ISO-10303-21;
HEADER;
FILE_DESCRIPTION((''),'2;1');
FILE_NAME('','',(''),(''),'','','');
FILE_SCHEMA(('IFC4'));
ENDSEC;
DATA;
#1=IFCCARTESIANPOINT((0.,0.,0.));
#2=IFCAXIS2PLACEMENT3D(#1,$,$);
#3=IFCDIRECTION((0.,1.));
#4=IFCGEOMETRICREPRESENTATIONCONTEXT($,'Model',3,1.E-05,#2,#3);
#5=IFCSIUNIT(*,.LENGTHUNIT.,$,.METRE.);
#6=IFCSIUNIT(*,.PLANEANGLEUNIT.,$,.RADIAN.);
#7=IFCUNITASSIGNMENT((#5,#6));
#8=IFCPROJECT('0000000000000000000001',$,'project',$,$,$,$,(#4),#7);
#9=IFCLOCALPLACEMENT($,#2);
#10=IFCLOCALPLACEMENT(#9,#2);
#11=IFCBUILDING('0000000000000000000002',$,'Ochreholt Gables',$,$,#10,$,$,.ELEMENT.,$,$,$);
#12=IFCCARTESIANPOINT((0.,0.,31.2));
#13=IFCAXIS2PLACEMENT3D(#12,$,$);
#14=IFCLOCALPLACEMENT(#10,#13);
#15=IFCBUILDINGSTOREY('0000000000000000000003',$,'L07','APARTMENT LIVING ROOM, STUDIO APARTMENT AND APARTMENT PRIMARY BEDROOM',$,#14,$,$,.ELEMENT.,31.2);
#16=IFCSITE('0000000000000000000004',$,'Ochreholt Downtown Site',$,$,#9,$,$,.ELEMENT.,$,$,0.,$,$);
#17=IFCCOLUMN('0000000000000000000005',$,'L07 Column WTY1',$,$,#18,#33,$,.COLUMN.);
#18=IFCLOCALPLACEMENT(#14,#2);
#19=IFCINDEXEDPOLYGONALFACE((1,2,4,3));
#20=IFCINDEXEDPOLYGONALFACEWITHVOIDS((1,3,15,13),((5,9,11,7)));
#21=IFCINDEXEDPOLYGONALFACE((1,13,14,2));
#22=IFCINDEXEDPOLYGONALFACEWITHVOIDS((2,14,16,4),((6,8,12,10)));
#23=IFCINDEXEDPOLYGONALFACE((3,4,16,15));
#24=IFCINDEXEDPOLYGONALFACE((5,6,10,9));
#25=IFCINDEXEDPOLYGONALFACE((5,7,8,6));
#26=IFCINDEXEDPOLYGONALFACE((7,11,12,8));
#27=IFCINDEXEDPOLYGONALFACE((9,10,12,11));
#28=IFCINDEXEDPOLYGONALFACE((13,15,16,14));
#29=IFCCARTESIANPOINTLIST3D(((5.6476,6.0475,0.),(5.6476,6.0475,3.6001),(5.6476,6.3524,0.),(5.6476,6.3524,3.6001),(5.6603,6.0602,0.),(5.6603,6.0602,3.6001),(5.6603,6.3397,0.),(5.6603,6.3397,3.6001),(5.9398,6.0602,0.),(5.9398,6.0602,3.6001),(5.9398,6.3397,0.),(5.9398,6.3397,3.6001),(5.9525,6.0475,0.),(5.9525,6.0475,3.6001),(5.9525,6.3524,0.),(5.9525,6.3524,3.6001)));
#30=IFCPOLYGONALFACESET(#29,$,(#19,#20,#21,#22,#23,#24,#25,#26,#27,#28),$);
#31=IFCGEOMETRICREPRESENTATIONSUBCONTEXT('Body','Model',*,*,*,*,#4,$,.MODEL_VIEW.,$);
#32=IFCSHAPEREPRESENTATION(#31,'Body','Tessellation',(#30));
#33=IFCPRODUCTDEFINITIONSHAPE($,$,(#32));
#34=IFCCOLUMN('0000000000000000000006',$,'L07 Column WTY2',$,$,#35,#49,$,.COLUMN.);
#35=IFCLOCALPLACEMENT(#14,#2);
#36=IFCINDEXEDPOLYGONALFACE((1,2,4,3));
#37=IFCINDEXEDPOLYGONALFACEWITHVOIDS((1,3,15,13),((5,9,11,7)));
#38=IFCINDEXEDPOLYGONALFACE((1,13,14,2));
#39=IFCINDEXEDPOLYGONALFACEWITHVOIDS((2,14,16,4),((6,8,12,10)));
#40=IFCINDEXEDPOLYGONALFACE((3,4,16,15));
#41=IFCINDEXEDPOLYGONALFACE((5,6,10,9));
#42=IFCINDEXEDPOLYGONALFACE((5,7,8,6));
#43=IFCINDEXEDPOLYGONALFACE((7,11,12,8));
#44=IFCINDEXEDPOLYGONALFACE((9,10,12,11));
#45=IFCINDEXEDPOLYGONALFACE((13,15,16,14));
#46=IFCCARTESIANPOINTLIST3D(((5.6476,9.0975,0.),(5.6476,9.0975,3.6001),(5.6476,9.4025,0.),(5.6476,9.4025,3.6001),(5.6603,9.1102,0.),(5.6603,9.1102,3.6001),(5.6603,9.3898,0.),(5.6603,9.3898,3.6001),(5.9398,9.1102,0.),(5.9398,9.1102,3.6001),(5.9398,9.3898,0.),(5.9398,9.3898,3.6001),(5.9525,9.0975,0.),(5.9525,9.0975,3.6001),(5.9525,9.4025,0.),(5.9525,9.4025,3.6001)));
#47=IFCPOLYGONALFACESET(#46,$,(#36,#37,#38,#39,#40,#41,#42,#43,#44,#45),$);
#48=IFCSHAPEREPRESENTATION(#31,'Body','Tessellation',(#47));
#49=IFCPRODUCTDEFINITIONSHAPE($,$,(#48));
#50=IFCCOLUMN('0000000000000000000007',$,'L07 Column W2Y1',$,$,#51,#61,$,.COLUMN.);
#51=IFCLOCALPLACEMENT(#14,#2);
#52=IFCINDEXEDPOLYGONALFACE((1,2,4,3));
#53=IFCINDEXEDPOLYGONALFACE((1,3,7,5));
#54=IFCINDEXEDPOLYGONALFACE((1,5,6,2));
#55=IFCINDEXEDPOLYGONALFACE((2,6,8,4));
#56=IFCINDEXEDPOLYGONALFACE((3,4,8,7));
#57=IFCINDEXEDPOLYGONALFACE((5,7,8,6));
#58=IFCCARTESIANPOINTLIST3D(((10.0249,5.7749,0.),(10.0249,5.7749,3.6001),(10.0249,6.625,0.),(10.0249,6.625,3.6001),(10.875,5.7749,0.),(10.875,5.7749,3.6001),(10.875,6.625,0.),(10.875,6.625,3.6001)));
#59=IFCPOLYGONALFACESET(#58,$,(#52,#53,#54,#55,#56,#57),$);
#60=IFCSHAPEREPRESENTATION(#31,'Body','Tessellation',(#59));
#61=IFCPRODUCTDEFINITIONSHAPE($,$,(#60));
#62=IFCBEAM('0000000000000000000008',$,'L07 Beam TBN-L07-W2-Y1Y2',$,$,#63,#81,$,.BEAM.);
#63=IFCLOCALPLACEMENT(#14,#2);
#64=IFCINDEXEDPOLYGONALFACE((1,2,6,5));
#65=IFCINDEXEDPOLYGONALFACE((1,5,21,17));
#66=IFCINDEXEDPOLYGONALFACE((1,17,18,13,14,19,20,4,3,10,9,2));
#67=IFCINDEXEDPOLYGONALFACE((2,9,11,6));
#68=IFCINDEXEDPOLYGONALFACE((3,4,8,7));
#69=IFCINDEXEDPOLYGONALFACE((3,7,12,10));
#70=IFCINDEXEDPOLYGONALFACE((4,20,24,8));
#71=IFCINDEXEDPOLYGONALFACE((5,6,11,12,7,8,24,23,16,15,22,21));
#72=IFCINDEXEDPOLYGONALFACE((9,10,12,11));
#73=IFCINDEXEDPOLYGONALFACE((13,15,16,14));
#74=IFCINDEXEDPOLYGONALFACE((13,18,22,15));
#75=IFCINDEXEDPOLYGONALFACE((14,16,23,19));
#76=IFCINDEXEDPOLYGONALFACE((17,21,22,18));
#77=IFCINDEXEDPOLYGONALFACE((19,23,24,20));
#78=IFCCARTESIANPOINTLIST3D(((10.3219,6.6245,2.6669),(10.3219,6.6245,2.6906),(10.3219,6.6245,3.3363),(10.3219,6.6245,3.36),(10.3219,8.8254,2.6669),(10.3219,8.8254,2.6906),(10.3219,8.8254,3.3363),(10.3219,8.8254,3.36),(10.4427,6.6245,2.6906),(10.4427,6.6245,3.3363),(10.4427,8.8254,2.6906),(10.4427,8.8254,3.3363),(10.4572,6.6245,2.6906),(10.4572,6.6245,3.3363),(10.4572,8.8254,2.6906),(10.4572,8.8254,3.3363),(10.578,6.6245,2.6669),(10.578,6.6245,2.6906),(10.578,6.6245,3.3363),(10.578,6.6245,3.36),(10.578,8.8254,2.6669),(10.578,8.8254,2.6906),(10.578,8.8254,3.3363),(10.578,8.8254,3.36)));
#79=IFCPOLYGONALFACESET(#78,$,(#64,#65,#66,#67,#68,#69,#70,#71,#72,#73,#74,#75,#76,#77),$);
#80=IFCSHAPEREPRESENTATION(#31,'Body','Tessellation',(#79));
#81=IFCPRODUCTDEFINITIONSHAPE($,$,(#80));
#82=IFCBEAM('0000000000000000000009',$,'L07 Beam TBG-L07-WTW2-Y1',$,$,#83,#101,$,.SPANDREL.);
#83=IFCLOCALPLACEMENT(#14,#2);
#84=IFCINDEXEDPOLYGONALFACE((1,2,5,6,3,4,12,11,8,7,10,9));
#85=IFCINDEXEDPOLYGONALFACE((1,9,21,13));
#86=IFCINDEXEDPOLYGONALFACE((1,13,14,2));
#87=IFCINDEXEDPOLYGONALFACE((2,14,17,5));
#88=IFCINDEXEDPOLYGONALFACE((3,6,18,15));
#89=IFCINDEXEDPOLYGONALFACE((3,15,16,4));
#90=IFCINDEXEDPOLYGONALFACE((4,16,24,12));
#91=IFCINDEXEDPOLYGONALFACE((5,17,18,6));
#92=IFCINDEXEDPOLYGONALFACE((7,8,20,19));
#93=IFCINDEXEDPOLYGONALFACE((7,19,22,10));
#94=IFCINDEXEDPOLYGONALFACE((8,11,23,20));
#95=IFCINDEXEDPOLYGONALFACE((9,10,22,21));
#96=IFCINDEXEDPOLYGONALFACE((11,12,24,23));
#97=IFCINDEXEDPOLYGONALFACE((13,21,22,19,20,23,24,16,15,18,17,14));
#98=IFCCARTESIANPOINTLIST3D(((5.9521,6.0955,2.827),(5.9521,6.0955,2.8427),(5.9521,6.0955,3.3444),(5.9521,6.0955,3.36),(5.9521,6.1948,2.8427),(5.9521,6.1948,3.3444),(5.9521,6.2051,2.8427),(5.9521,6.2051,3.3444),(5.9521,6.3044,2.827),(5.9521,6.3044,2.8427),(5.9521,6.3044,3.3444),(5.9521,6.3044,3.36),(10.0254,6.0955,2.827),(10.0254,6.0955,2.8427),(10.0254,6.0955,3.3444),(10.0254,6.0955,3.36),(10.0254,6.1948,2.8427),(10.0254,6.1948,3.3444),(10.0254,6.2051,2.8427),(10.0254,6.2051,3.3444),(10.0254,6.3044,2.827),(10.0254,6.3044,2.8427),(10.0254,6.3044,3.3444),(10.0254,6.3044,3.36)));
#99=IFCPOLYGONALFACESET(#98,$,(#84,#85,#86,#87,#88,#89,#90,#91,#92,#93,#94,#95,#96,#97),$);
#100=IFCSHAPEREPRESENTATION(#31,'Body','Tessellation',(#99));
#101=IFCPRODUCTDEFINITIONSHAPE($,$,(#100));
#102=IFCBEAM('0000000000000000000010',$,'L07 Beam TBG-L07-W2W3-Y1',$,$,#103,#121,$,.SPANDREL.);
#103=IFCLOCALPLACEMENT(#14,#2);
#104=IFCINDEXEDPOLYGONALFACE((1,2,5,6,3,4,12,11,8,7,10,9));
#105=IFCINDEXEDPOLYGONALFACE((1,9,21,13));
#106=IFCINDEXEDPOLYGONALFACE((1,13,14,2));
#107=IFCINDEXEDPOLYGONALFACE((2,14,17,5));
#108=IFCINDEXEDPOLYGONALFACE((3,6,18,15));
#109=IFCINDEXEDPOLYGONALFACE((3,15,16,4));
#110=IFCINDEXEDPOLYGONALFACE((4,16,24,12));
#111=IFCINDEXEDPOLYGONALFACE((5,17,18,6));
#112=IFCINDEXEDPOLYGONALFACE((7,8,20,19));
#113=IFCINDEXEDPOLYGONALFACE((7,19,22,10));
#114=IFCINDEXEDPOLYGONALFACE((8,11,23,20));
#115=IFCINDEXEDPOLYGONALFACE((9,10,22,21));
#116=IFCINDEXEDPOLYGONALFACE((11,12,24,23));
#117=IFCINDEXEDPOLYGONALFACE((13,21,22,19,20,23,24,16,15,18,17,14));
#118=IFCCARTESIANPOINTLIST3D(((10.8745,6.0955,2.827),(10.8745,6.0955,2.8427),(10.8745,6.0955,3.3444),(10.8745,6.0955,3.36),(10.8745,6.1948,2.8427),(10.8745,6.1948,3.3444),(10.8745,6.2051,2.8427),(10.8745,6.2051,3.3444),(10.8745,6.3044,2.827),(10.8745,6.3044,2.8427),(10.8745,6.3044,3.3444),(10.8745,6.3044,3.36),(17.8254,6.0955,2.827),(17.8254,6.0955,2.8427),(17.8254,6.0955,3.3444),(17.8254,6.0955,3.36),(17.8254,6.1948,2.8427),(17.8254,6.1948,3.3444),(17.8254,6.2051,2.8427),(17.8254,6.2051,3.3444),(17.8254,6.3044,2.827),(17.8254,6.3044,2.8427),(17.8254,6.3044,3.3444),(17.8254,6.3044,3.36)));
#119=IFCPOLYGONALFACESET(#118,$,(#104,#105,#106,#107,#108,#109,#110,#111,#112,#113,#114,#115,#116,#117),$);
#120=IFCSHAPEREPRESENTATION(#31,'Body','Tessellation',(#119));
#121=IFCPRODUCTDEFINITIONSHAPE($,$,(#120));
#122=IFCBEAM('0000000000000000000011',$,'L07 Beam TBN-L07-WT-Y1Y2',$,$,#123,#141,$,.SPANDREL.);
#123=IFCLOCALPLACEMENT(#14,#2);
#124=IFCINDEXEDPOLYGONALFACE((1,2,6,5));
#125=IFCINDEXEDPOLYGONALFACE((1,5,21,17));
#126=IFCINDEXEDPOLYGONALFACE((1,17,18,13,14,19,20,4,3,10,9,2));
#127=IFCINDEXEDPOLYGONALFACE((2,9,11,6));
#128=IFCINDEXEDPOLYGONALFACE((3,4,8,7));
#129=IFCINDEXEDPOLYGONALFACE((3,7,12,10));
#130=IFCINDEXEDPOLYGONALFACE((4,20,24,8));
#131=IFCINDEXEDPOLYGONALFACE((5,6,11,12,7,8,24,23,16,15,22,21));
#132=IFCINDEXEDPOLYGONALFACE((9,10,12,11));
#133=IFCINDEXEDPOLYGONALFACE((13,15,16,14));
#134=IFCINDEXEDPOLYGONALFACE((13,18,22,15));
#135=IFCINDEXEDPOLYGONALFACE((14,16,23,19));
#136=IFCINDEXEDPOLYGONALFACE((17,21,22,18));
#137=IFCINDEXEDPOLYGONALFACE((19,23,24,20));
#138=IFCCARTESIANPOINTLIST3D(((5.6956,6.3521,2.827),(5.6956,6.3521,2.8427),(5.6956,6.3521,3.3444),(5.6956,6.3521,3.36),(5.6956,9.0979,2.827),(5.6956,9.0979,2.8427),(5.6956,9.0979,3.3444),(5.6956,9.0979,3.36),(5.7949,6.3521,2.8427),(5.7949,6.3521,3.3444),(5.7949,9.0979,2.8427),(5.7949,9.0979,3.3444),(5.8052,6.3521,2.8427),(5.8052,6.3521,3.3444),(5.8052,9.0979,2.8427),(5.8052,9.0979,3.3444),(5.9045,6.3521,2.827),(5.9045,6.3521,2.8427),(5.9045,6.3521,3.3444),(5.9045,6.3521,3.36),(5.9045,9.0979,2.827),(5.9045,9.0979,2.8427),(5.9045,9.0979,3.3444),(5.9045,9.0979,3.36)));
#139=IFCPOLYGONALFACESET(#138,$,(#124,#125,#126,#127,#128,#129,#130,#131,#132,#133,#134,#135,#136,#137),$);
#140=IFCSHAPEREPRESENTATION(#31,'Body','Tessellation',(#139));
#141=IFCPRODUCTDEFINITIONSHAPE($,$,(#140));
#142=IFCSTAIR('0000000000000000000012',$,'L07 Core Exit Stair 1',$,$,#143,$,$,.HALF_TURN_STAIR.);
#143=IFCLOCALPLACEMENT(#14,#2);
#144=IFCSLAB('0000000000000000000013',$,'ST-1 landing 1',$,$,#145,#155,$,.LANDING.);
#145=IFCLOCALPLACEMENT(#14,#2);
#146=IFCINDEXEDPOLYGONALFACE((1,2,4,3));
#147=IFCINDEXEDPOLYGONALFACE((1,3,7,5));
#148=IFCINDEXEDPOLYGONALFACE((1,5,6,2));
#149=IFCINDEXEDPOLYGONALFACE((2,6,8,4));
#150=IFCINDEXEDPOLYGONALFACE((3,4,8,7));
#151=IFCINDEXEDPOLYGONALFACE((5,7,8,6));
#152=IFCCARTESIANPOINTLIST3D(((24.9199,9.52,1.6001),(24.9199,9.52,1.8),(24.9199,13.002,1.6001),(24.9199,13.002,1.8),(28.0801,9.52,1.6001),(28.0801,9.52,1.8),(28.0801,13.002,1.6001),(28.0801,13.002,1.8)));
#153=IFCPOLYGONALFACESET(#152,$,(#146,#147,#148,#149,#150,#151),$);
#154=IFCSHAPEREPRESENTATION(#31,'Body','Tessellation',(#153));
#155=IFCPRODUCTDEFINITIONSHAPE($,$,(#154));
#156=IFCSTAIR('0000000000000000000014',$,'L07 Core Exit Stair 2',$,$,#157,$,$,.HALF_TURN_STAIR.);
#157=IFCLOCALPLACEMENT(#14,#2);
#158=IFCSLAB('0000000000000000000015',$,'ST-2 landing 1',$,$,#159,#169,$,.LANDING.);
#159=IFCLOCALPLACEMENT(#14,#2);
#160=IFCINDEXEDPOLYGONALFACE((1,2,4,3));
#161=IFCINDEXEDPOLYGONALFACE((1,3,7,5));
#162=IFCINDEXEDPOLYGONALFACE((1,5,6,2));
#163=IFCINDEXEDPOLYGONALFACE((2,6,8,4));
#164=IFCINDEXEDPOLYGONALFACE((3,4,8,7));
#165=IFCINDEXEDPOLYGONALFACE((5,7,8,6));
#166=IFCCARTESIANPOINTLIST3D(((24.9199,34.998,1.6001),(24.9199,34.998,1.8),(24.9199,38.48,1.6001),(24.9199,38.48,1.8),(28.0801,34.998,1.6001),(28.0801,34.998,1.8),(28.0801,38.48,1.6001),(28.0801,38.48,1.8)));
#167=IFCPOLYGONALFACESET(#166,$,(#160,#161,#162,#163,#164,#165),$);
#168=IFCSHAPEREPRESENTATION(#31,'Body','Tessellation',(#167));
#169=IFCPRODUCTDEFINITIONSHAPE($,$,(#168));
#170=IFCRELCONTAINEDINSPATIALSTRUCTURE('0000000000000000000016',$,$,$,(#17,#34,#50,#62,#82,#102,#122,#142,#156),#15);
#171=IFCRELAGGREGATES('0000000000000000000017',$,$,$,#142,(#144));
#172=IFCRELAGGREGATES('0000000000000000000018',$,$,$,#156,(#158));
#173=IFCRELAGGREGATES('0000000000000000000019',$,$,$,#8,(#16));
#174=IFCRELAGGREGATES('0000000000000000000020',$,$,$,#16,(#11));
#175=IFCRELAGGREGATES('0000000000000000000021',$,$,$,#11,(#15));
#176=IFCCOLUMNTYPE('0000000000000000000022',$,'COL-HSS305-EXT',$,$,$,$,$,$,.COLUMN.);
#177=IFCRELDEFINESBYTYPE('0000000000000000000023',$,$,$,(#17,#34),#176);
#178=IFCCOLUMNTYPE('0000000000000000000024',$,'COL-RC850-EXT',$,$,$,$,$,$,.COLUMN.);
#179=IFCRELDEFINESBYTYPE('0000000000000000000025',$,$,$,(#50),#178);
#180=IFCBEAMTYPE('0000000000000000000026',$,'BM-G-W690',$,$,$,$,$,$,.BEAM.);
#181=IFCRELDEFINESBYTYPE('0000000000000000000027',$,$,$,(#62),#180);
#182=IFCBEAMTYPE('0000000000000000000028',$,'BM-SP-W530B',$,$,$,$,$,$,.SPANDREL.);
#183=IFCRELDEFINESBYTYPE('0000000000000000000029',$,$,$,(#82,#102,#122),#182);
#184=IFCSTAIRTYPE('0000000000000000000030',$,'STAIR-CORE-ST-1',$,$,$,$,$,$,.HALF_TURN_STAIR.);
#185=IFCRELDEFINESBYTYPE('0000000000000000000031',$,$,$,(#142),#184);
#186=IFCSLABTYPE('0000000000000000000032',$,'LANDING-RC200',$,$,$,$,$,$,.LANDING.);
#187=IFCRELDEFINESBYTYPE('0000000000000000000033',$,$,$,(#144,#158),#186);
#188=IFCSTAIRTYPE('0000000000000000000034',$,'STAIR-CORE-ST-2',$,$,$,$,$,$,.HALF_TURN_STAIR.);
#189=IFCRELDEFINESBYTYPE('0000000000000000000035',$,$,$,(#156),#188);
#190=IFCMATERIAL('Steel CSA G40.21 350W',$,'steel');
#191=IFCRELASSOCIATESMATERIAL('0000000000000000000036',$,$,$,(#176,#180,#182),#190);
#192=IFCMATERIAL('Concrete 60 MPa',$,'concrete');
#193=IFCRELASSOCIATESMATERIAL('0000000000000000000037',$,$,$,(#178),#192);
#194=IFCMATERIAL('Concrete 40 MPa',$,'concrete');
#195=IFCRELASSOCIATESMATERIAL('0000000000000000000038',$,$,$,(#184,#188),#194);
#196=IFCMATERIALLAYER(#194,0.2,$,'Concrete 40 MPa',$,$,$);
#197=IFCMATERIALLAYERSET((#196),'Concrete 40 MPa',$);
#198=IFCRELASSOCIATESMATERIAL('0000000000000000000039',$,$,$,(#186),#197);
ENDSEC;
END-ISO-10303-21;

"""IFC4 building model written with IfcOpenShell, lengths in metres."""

from ifc_helpers import new_model, si_unit, direction, frame, origin, origin_2d, place, context, subcontext, project, spatial, polyline, rectangle, hollow_rectangle, i_section, outline, extrude, material, layer, layer_set, material_profile, profile_set, type_object, element, aggregate, save


model = new_model("IFC4")

# Units and contexts
model_context = context("Model", 3, precision=1e-05, world=origin(), true_north=direction((0.0, 1.0)))
body_context = subcontext(model_context, "Body", "Model", "MODEL_VIEW")
ifc_project = project(units=[si_unit("LENGTHUNIT", "METRE"), si_unit("PLANEANGLEUNIT", "RADIAN")], contexts=[model_context])

# Site, building, storey
site_placement = place(None, origin())
site = spatial("IfcSite", under=ifc_project, at=site_placement, Name="Ochreholt Downtown Site", CompositionType="ELEMENT", RefElevation=0.0)
building_placement = place(site_placement, origin())
building = spatial("IfcBuilding", under=site, at=building_placement, Name="Ochreholt Gables", CompositionType="ELEMENT")
storey_placement = place(building_placement, frame((0.0, 0.0, 31.2)))
storey = spatial("IfcBuildingStorey", under=building, at=storey_placement, Name="L07", Description="APARTMENT LIVING ROOM, STUDIO APARTMENT AND APARTMENT PRIMARY BEDROOM", CompositionType="ELEMENT", Elevation=31.2)

# Columns
ifc_material_1 = material(Name="Steel CSA G40.21 350W", Category="steel")
ifc_material_profile_1 = material_profile(ifc_material_1, hollow_rectangle(XDim=0.3049, YDim=0.3049, WallThickness=0.0127, at=origin_2d()), Name="HSS305X305X13")
ifc_profile_set_1 = profile_set([ifc_material_profile_1], Name="Steel CSA G40.21 350W")
column_type_1 = type_object("IfcColumnType", Name="COL-HSS305-EXT", PredefinedType="COLUMN", material=ifc_profile_set_1)
for number, where, z_axis, x_axis, name in (
    (1, (5.8, 6.2, 0.0), (0.0, 0.0, 1.0), (1.0, 0.0, 0.0), "L07 Column WTY1"),
    (2, (5.8, 9.25, 0.0), (0.0, 0.0, 1.0), (1.0, 0.0, 0.0), "L07 Column WTY2"),
):
    element("IfcColumn", number, at=place(storey_placement, frame(where, z_axis=z_axis, x_axis=x_axis)), inside=storey, type_object=column_type_1, Name=name, PredefinedType="COLUMN", context=body_context, shape_type="SweptSolid", body=[
        extrude(hollow_rectangle(XDim=0.3049, YDim=0.3049, WallThickness=0.0127, at=origin_2d()), origin(), (0.0, 0.0, 1.0), 3.6001),
    ])
ifc_material_2 = material(Name="Concrete 60 MPa", Category="concrete")
ifc_material_profile_2 = material_profile(ifc_material_2, rectangle(XDim=0.8501, YDim=0.8501, at=origin_2d()), Name="RC850X850")
ifc_profile_set_2 = profile_set([ifc_material_profile_2], Name="Concrete 60 MPa")
column_type_2 = type_object("IfcColumnType", Name="COL-RC850-EXT", PredefinedType="COLUMN", material=ifc_profile_set_2)
column_placement = place(storey_placement, frame((10.45, 6.2, 0.0), z_axis=(0.0, 0.0, 1.0), x_axis=(1.0, 0.0, 0.0)))
element("IfcColumn", 3, at=column_placement, inside=storey, type_object=column_type_2, Name="L07 Column W2Y1", PredefinedType="COLUMN", context=body_context, shape_type="SweptSolid", body=[
    extrude(rectangle(XDim=0.8501, YDim=0.8501, at=origin_2d()), origin(), (0.0, 0.0, 1.0), 3.6001),
])

# Beams
ifc_material_profile_3 = material_profile(ifc_material_1, i_section(OverallWidth=0.2561, OverallDepth=0.6931, WebThickness=0.0144, FlangeThickness=0.0237, at=origin_2d()), Name="W690X170")
ifc_profile_set_3 = profile_set([ifc_material_profile_3], Name="Steel CSA G40.21 350W")
beam_type_1 = type_object("IfcBeamType", Name="BM-G-W690", PredefinedType="BEAM", material=ifc_profile_set_3)
beam_1_placement = place(storey_placement, frame((10.45, 6.6245, 3.0134), z_axis=(0.0, 1.0, 0.0), x_axis=(-1.0, 0.0, 0.0)))
element("IfcBeam", 4, at=beam_1_placement, inside=storey, type_object=beam_type_1, Name="L07 Beam TBN-L07-W2-Y1Y2", PredefinedType="BEAM", context=body_context, shape_type="SweptSolid", body=[
    extrude(i_section(OverallWidth=0.2561, OverallDepth=0.6931, WebThickness=0.0144, FlangeThickness=0.0237, at=origin_2d()), origin(), (0.0, 0.0, 1.0), 2.2009),
])
ifc_material_profile_4 = material_profile(ifc_material_1, i_section(OverallWidth=0.209, OverallDepth=0.533, WebThickness=0.0103, FlangeThickness=0.0156, at=origin_2d()), Name="W530X92")
ifc_profile_set_4 = profile_set([ifc_material_profile_4], Name="Steel CSA G40.21 350W")
beam_type_2 = type_object("IfcBeamType", Name="BM-SP-W530B", PredefinedType="SPANDREL", material=ifc_profile_set_4)
beam_2_placement = place(storey_placement, frame((5.9521, 6.2, 3.0935), z_axis=(1.0, 0.0, 0.0), x_axis=(0.0, 1.0, 0.0)))
element("IfcBeam", 5, at=beam_2_placement, inside=storey, type_object=beam_type_2, Name="L07 Beam TBG-L07-WTW2-Y1", PredefinedType="SPANDREL", context=body_context, shape_type="SweptSolid", body=[
    extrude(i_section(OverallWidth=0.209, OverallDepth=0.533, WebThickness=0.0103, FlangeThickness=0.0156, at=origin_2d()), origin(), (0.0, 0.0, 1.0), 4.0732),
])
beam_3_placement = place(storey_placement, frame((10.8745, 6.2, 3.0935), z_axis=(1.0, 0.0, 0.0), x_axis=(0.0, 1.0, 0.0)))
element("IfcBeam", 6, at=beam_3_placement, inside=storey, type_object=beam_type_2, Name="L07 Beam TBG-L07-W2W3-Y1", PredefinedType="SPANDREL", context=body_context, shape_type="SweptSolid", body=[
    extrude(i_section(OverallWidth=0.209, OverallDepth=0.533, WebThickness=0.0103, FlangeThickness=0.0156, at=origin_2d()), origin(), (0.0, 0.0, 1.0), 6.9509),
])
beam_4_placement = place(storey_placement, frame((5.8, 6.3521, 3.0935), z_axis=(0.0, 1.0, 0.0), x_axis=(-1.0, 0.0, 0.0)))
element("IfcBeam", 7, at=beam_4_placement, inside=storey, type_object=beam_type_2, Name="L07 Beam TBN-L07-WT-Y1Y2", PredefinedType="SPANDREL", context=body_context, shape_type="SweptSolid", body=[
    extrude(i_section(OverallWidth=0.209, OverallDepth=0.533, WebThickness=0.0103, FlangeThickness=0.0156, at=origin_2d()), origin(), (0.0, 0.0, 1.0), 2.7458),
])

# Stairs, slabs
ifc_material_3 = material(Name="Concrete 40 MPa", Category="concrete")
stair_type_1 = type_object("IfcStairType", Name="STAIR-CORE-ST-1", PredefinedType="HALF_TURN_STAIR", material=ifc_material_3)
stair_1_placement = place(storey_placement, origin())
stair_1 = element("IfcStair", 8, at=stair_1_placement, inside=storey, type_object=stair_type_1, Name="L07 Core Exit Stair 1", PredefinedType="HALF_TURN_STAIR")
ifc_layer_1 = layer(ifc_material_3, 0.2, Name="Concrete 40 MPa")
ifc_layer_set_1 = layer_set([ifc_layer_1], Name="Concrete 40 MPa")
slab_type_1 = type_object("IfcSlabType", Name="LANDING-RC200", PredefinedType="LANDING", material=ifc_layer_set_1)
slab_1_placement = place(storey_placement, frame((0.0, 0.0, 1.6001)))
slab_1 = element("IfcSlab", 9, at=slab_1_placement, type_object=slab_type_1, Name="ST-1 landing 1", PredefinedType="LANDING", context=body_context, shape_type="SweptSolid", body=[
    extrude(outline(polyline([(24.9199, 13.002), (24.9199, 9.52), (28.0801, 9.52), (28.0801, 13.002), (24.9199, 13.002)])), origin(), (0.0, 0.0, 1.0), 0.2),
])
aggregate(stair_1, [slab_1])
stair_type_2 = type_object("IfcStairType", Name="STAIR-CORE-ST-2", PredefinedType="HALF_TURN_STAIR", material=ifc_material_3)
stair_2_placement = place(storey_placement, origin())
stair_2 = element("IfcStair", 10, at=stair_2_placement, inside=storey, type_object=stair_type_2, Name="L07 Core Exit Stair 2", PredefinedType="HALF_TURN_STAIR")
slab_2_placement = place(storey_placement, frame((0.0, 0.0, 1.6001)))
slab_2 = element("IfcSlab", 11, at=slab_2_placement, type_object=slab_type_1, Name="ST-2 landing 1", PredefinedType="LANDING", context=body_context, shape_type="SweptSolid", body=[
    extrude(outline(polyline([(28.0801, 34.998), (28.0801, 38.48), (24.9199, 38.48), (24.9199, 34.998), (28.0801, 34.998)])), origin(), (0.0, 0.0, 1.0), 0.2),
])
aggregate(stair_2, [slab_2])

save(model, "model.ifc")
